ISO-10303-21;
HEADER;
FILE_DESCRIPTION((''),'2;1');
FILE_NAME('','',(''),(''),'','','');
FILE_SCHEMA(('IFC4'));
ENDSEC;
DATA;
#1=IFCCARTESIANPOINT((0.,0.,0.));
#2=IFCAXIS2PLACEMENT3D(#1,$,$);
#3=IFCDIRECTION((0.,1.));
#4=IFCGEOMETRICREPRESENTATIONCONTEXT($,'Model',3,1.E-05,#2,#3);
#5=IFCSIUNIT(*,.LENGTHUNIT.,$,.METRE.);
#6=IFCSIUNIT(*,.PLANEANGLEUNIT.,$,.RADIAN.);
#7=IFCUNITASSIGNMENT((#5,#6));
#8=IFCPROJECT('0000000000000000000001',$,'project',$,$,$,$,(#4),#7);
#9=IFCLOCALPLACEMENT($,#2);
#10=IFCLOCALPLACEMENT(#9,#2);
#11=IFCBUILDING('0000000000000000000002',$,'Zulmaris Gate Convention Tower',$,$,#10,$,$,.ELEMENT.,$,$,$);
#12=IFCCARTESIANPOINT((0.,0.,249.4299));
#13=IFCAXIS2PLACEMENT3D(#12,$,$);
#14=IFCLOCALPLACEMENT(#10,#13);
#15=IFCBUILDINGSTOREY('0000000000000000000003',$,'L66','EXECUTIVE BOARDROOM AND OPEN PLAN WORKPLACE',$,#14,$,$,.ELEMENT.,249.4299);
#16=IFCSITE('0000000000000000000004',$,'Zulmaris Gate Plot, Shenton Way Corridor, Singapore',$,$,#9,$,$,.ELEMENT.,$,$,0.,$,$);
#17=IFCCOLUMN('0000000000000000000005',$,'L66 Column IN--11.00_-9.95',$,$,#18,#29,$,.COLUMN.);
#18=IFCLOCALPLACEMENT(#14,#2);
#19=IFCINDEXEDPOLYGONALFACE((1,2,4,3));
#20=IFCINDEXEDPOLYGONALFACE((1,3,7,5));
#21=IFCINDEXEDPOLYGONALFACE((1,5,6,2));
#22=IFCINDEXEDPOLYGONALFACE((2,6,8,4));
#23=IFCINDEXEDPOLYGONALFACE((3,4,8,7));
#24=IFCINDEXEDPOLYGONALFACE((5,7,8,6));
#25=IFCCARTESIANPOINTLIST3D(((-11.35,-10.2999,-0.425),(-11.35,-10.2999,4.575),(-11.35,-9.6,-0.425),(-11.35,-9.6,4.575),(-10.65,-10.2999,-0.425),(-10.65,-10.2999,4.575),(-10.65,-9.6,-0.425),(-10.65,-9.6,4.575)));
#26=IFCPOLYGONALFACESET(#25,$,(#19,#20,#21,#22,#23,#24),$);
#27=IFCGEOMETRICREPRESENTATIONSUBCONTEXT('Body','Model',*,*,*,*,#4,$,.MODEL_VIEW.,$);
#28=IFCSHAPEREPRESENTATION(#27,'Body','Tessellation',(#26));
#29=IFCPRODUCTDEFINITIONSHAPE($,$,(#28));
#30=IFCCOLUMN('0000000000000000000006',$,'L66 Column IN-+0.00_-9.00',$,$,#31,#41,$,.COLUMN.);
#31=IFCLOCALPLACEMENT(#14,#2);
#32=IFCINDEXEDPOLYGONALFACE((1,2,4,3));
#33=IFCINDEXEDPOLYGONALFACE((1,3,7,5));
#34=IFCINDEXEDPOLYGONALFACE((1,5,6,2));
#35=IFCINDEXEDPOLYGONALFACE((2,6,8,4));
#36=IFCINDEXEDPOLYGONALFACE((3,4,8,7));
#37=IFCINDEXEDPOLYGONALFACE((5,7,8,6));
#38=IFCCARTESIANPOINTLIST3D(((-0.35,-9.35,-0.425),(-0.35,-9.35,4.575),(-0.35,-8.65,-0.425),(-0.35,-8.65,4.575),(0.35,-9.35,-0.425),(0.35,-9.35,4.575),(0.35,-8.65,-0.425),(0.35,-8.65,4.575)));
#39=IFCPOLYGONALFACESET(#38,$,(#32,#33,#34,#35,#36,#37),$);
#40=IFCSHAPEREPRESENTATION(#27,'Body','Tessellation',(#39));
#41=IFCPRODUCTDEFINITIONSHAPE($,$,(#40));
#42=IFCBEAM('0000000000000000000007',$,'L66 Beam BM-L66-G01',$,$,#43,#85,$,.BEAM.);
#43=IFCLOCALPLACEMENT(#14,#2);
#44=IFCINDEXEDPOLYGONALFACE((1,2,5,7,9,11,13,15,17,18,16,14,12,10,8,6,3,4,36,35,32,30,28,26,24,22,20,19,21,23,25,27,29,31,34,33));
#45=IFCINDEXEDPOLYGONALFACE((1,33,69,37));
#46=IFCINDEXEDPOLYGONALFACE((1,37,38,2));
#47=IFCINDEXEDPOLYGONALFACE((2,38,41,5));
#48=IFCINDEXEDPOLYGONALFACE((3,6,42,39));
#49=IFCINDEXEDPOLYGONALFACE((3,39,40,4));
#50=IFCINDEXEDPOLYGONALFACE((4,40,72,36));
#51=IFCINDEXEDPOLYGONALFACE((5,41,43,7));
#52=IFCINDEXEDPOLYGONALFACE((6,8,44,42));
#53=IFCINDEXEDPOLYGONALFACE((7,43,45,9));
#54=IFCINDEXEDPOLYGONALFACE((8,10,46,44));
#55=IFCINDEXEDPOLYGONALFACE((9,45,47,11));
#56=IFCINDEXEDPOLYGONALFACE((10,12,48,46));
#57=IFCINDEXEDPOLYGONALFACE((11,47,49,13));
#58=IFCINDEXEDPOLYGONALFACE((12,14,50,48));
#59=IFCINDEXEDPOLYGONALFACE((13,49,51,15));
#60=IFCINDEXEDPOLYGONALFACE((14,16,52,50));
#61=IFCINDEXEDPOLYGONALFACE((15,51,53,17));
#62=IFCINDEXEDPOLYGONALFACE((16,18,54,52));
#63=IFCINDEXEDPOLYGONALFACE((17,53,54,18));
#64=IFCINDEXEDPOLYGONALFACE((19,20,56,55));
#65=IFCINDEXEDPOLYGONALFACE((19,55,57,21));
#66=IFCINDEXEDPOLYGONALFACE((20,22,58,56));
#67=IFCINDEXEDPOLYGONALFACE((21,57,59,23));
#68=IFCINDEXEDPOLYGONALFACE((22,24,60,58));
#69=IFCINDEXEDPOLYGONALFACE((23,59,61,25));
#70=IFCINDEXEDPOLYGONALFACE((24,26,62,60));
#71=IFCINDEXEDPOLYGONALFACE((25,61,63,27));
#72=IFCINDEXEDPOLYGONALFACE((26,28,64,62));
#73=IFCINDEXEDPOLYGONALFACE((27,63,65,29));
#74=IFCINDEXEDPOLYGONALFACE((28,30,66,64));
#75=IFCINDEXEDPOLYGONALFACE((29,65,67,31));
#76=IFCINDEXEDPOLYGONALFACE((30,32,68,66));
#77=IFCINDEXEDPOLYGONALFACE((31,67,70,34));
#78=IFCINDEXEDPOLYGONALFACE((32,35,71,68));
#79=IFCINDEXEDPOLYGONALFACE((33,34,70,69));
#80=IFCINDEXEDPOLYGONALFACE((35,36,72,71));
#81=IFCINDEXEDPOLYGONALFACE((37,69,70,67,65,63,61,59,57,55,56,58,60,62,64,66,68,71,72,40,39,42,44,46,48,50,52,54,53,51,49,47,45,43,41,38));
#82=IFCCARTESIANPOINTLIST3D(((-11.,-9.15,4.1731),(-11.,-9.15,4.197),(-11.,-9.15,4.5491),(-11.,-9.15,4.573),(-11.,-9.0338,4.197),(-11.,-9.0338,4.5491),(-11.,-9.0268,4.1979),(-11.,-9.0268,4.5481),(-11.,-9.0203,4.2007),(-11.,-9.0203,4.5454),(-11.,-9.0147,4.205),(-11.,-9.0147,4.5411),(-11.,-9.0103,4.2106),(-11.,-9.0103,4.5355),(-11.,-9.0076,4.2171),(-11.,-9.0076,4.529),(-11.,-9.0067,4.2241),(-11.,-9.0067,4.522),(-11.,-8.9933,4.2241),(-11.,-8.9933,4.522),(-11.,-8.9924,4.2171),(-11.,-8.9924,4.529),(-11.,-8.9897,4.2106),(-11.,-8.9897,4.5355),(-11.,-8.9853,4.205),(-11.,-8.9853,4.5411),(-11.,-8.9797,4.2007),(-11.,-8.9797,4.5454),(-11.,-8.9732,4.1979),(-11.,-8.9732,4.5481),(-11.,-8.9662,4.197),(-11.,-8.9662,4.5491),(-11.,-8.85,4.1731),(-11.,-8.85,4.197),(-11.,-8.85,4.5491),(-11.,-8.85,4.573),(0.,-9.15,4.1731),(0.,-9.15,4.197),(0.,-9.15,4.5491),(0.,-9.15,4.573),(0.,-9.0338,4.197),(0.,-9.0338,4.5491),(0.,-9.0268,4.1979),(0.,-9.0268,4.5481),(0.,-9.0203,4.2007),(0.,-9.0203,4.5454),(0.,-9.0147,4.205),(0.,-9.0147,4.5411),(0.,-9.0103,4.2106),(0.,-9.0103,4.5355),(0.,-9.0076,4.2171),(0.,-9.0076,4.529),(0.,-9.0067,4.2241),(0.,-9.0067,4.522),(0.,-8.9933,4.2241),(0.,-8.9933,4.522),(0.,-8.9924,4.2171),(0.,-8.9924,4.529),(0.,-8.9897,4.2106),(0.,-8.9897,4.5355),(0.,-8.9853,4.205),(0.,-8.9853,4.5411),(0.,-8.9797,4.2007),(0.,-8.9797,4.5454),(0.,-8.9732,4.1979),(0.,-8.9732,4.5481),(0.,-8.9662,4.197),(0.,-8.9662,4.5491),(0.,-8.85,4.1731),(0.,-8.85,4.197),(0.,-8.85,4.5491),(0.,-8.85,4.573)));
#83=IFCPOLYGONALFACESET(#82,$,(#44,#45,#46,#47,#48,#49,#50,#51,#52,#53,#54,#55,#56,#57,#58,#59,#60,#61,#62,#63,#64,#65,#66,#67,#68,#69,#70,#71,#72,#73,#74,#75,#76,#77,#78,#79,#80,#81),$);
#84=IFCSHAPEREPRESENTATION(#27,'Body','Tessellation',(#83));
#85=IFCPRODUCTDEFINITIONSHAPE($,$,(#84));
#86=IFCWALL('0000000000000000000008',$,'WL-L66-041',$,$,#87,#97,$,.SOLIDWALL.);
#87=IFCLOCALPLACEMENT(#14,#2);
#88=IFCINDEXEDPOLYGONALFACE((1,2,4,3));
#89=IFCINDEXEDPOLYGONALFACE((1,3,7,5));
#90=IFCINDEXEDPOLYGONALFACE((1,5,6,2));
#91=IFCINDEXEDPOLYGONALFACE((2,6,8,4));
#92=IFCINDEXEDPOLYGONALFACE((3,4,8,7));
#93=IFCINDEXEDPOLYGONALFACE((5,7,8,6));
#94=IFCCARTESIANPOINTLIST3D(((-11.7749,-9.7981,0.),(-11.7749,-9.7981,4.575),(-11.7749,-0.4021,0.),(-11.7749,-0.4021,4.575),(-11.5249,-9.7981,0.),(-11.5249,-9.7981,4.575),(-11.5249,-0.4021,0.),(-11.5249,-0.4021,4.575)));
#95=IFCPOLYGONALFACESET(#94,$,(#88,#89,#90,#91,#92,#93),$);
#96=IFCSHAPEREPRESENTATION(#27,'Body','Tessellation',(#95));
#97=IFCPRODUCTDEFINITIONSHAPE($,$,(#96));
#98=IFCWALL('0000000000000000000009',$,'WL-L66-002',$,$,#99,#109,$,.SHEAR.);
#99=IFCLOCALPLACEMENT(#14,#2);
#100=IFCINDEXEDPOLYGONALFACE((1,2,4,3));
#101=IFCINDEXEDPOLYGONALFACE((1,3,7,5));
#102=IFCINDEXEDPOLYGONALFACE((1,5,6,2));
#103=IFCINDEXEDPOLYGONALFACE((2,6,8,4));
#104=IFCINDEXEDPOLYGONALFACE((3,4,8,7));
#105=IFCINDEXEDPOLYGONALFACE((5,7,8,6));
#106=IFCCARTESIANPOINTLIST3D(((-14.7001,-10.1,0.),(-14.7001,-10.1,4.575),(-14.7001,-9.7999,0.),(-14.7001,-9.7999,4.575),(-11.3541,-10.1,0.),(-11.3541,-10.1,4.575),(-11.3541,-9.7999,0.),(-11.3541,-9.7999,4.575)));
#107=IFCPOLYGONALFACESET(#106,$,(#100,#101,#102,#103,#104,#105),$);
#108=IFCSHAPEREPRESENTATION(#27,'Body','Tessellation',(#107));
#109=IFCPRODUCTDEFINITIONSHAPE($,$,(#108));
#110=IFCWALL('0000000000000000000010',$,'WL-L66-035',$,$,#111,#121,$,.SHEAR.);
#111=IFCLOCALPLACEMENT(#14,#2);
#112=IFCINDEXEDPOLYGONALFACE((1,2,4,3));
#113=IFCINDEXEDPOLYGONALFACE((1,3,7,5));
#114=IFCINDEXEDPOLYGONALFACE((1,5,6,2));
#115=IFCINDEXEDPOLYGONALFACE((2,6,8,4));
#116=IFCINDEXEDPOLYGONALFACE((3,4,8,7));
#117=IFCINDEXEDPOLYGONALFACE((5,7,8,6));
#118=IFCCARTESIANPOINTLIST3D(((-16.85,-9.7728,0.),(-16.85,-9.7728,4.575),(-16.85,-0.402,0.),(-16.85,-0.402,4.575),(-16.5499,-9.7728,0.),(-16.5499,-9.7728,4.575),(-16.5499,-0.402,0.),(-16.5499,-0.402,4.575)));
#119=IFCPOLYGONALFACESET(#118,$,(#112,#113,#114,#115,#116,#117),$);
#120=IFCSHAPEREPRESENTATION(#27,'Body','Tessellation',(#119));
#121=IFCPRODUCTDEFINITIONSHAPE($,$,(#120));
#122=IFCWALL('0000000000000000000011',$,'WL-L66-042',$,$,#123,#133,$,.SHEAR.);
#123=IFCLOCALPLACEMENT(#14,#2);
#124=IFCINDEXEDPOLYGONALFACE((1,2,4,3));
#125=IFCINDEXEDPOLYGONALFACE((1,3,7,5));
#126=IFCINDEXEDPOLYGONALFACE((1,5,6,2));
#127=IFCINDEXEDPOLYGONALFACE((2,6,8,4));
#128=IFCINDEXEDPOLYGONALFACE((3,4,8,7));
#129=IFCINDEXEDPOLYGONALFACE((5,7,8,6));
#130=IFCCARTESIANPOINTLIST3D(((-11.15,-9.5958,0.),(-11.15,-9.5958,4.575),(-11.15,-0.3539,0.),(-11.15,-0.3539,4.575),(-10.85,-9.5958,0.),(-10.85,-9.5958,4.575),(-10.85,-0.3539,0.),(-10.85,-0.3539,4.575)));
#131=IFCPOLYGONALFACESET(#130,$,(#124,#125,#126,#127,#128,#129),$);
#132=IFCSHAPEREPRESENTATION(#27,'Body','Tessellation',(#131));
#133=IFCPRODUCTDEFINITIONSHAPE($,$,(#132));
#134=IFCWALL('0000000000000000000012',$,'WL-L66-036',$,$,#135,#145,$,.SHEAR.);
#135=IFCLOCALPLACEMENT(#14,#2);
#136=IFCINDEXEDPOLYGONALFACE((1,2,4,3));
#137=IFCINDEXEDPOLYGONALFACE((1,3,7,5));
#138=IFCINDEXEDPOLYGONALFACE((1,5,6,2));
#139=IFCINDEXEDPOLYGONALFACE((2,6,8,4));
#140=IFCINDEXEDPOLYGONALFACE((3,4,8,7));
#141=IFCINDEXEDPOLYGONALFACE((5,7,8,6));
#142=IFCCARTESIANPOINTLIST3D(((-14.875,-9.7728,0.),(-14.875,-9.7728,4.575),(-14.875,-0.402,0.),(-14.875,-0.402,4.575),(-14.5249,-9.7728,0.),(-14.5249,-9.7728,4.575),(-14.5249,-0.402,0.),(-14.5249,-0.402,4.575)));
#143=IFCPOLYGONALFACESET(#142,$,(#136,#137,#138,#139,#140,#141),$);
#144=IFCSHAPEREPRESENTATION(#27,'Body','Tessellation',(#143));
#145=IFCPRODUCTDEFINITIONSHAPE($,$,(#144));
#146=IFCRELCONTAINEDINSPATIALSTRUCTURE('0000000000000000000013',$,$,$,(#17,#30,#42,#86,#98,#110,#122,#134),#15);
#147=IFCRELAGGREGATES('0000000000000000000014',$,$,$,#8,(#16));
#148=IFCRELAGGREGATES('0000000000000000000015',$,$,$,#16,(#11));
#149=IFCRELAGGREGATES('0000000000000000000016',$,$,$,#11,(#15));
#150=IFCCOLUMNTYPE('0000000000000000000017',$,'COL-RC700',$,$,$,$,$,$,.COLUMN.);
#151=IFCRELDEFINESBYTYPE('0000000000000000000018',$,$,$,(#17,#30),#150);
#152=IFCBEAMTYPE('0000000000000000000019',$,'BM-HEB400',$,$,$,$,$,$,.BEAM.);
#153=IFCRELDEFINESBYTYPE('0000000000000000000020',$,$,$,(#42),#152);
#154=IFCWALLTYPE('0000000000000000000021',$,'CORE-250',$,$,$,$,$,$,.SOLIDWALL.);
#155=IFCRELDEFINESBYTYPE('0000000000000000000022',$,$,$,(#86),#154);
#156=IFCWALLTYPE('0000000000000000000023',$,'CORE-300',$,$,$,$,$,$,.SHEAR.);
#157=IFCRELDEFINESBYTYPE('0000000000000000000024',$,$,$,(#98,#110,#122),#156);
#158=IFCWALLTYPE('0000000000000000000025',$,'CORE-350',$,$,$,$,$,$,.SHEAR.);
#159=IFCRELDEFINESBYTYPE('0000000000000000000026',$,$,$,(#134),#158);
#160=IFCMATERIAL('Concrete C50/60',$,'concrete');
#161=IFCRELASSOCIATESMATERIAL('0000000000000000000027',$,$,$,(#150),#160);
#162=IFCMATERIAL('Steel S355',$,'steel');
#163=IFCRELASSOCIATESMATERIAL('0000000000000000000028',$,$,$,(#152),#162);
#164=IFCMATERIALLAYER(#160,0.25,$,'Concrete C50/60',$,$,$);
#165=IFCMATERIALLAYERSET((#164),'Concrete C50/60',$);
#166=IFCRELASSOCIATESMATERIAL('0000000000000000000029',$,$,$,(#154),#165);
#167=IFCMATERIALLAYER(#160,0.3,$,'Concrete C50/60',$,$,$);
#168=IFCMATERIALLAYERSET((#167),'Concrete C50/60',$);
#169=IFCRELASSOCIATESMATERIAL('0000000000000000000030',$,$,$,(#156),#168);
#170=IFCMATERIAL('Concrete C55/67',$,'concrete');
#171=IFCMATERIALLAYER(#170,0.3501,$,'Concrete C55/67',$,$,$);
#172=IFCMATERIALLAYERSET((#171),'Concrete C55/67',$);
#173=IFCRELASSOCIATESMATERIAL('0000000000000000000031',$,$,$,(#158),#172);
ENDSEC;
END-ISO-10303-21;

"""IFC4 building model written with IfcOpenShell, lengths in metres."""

from ifc_helpers import new_model, si_unit, direction, frame, frame_2d, origin, origin_2d, place, context, subcontext, project, spatial, rectangle, i_section, extrude, material, layer, layer_set, material_profile, profile_set, type_object, element, save


model = new_model("IFC4")

# Units and contexts
model_context = context("Model", 3, precision=1e-05, world=origin(), true_north=direction((0.0, 1.0)))
body_context = subcontext(model_context, "Body", "Model", "MODEL_VIEW")
ifc_project = project(units=[si_unit("LENGTHUNIT", "METRE"), si_unit("PLANEANGLEUNIT", "RADIAN")], contexts=[model_context])

# Site, building, storey
site_placement = place(None, origin())
site = spatial("IfcSite", under=ifc_project, at=site_placement, Name="Zulmaris Gate Plot, Shenton Way Corridor, Singapore", CompositionType="ELEMENT", RefElevation=0.0)
building_placement = place(site_placement, origin())
building = spatial("IfcBuilding", under=site, at=building_placement, Name="Zulmaris Gate Convention Tower", CompositionType="ELEMENT")
storey_placement = place(building_placement, frame((0.0, 0.0, 249.4299)))
storey = spatial("IfcBuildingStorey", under=building, at=storey_placement, Name="L66", Description="EXECUTIVE BOARDROOM AND OPEN PLAN WORKPLACE", CompositionType="ELEMENT", Elevation=249.4299)

# Columns
ifc_material_1 = material(Name="Concrete C50/60", Category="concrete")
ifc_material_profile_1 = material_profile(ifc_material_1, rectangle(XDim=0.7, YDim=0.7, at=origin_2d()), Name="RC COL 700x700")
ifc_profile_set_1 = profile_set([ifc_material_profile_1], Name="Concrete C50/60")
column_type = type_object("IfcColumnType", Name="COL-RC700", PredefinedType="COLUMN", material=ifc_profile_set_1)
for number, where, z_axis, x_axis, name in (
    (1, (-11.0, -9.95, -0.425), (0.0, 0.0, 1.0), (1.0, 0.0, 0.0), "L66 Column IN--11.00_-9.95"),
    (2, (0.0, -9.0, -0.425), (0.0, 0.0, 1.0), (1.0, 0.0, 0.0), "L66 Column IN-+0.00_-9.00"),
):
    element("IfcColumn", number, at=place(storey_placement, frame(where, z_axis=z_axis, x_axis=x_axis)), inside=storey, type_object=column_type, Name=name, PredefinedType="COLUMN", context=body_context, shape_type="SweptSolid", body=[
        extrude(rectangle(XDim=0.7, YDim=0.7, at=origin_2d()), origin(), (0.0, 0.0, 1.0), 5.0),
    ])

# Beam
ifc_material_2 = material(Name="Steel S355", Category="steel")
ifc_material_profile_2 = material_profile(ifc_material_2, i_section(OverallWidth=0.3, OverallDepth=0.3999, WebThickness=0.0134, FlangeThickness=0.0239, FilletRadius=0.0271, at=origin_2d()), Name="HEB 400")
ifc_profile_set_2 = profile_set([ifc_material_profile_2], Name="Steel S355")
beam_type = type_object("IfcBeamType", Name="BM-HEB400", PredefinedType="BEAM", material=ifc_profile_set_2)
beam_placement = place(storey_placement, frame((-11.0, -9.0, 4.373), z_axis=(1.0, 0.0, 0.0), x_axis=(0.0, 1.0, 0.0)))
element("IfcBeam", 3, at=beam_placement, inside=storey, type_object=beam_type, Name="L66 Beam BM-L66-G01", PredefinedType="BEAM", context=body_context, shape_type="SweptSolid", body=[
    extrude(i_section(OverallWidth=0.3, OverallDepth=0.3999, WebThickness=0.0134, FlangeThickness=0.0239, FilletRadius=0.0271, at=origin_2d()), origin(), (0.0, 0.0, 1.0), 11.0),
])

# Walls
ifc_layer_1 = layer(ifc_material_1, 0.25, Name="Concrete C50/60")
ifc_layer_set_1 = layer_set([ifc_layer_1], Name="Concrete C50/60")
wall_type_1 = type_object("IfcWallType", Name="CORE-250", PredefinedType="SOLIDWALL", material=ifc_layer_set_1)
wall_1_placement = place(storey_placement, frame((-11.6499, -9.7981, 0.0), z_axis=(0.0, 0.0, 1.0), x_axis=(0.0, 1.0, 0.0)))
element("IfcWall", 4, at=wall_1_placement, inside=storey, type_object=wall_type_1, Name="WL-L66-041", PredefinedType="SOLIDWALL", context=body_context, shape_type="SweptSolid", body=[
    extrude(rectangle(XDim=9.396, YDim=0.25, at=frame_2d((4.698, 0.0))), origin(), (0.0, 0.0, 1.0), 4.575),
])
ifc_layer_2 = layer(ifc_material_1, 0.3, Name="Concrete C50/60")
ifc_layer_set_2 = layer_set([ifc_layer_2], Name="Concrete C50/60")
wall_type_2 = type_object("IfcWallType", Name="CORE-300", PredefinedType="SHEAR", material=ifc_layer_set_2)
wall_2_placement = place(storey_placement, frame((-14.7, -9.95, 0.0), z_axis=(0.0, 0.0, 1.0), x_axis=(1.0, 0.0, 0.0)))
element("IfcWall", 5, at=wall_2_placement, inside=storey, type_object=wall_type_2, Name="WL-L66-002", PredefinedType="SHEAR", context=body_context, shape_type="SweptSolid", body=[
    extrude(rectangle(XDim=3.3459, YDim=0.3, at=frame_2d((1.6729, 0.0))), origin(), (0.0, 0.0, 1.0), 4.575),
])
wall_3_placement = place(storey_placement, frame((-16.7, -9.7729, 0.0), z_axis=(0.0, 0.0, 1.0), x_axis=(0.0, 1.0, 0.0)))
element("IfcWall", 6, at=wall_3_placement, inside=storey, type_object=wall_type_2, Name="WL-L66-035", PredefinedType="SHEAR", context=body_context, shape_type="SweptSolid", body=[
    extrude(rectangle(XDim=9.3708, YDim=0.3, at=frame_2d((4.6855, 0.0))), origin(), (0.0, 0.0, 1.0), 4.575),
])
wall_4_placement = place(storey_placement, frame((-11.0, -9.5959, 0.0), z_axis=(0.0, 0.0, 1.0), x_axis=(0.0, 1.0, 0.0)))
element("IfcWall", 7, at=wall_4_placement, inside=storey, type_object=wall_type_2, Name="WL-L66-042", PredefinedType="SHEAR", context=body_context, shape_type="SweptSolid", body=[
    extrude(rectangle(XDim=9.2419, YDim=0.3, at=frame_2d((4.6211, 0.0))), origin(), (0.0, 0.0, 1.0), 4.575),
])
ifc_material_3 = material(Name="Concrete C55/67", Category="concrete")
ifc_layer_3 = layer(ifc_material_3, 0.3501, Name="Concrete C55/67")
ifc_layer_set_3 = layer_set([ifc_layer_3], Name="Concrete C55/67")
wall_type_3 = type_object("IfcWallType", Name="CORE-350", PredefinedType="SHEAR", material=ifc_layer_set_3)
wall_5_placement = place(storey_placement, frame((-14.7, -9.7729, 0.0), z_axis=(0.0, 0.0, 1.0), x_axis=(0.0, 1.0, 0.0)))
element("IfcWall", 8, at=wall_5_placement, inside=storey, type_object=wall_type_3, Name="WL-L66-036", PredefinedType="SHEAR", context=body_context, shape_type="SweptSolid", body=[
    extrude(rectangle(XDim=9.3708, YDim=0.3501, at=frame_2d((4.6855, 0.0))), origin(), (0.0, 0.0, 1.0), 4.575),
])

save(model, "model.ifc")
